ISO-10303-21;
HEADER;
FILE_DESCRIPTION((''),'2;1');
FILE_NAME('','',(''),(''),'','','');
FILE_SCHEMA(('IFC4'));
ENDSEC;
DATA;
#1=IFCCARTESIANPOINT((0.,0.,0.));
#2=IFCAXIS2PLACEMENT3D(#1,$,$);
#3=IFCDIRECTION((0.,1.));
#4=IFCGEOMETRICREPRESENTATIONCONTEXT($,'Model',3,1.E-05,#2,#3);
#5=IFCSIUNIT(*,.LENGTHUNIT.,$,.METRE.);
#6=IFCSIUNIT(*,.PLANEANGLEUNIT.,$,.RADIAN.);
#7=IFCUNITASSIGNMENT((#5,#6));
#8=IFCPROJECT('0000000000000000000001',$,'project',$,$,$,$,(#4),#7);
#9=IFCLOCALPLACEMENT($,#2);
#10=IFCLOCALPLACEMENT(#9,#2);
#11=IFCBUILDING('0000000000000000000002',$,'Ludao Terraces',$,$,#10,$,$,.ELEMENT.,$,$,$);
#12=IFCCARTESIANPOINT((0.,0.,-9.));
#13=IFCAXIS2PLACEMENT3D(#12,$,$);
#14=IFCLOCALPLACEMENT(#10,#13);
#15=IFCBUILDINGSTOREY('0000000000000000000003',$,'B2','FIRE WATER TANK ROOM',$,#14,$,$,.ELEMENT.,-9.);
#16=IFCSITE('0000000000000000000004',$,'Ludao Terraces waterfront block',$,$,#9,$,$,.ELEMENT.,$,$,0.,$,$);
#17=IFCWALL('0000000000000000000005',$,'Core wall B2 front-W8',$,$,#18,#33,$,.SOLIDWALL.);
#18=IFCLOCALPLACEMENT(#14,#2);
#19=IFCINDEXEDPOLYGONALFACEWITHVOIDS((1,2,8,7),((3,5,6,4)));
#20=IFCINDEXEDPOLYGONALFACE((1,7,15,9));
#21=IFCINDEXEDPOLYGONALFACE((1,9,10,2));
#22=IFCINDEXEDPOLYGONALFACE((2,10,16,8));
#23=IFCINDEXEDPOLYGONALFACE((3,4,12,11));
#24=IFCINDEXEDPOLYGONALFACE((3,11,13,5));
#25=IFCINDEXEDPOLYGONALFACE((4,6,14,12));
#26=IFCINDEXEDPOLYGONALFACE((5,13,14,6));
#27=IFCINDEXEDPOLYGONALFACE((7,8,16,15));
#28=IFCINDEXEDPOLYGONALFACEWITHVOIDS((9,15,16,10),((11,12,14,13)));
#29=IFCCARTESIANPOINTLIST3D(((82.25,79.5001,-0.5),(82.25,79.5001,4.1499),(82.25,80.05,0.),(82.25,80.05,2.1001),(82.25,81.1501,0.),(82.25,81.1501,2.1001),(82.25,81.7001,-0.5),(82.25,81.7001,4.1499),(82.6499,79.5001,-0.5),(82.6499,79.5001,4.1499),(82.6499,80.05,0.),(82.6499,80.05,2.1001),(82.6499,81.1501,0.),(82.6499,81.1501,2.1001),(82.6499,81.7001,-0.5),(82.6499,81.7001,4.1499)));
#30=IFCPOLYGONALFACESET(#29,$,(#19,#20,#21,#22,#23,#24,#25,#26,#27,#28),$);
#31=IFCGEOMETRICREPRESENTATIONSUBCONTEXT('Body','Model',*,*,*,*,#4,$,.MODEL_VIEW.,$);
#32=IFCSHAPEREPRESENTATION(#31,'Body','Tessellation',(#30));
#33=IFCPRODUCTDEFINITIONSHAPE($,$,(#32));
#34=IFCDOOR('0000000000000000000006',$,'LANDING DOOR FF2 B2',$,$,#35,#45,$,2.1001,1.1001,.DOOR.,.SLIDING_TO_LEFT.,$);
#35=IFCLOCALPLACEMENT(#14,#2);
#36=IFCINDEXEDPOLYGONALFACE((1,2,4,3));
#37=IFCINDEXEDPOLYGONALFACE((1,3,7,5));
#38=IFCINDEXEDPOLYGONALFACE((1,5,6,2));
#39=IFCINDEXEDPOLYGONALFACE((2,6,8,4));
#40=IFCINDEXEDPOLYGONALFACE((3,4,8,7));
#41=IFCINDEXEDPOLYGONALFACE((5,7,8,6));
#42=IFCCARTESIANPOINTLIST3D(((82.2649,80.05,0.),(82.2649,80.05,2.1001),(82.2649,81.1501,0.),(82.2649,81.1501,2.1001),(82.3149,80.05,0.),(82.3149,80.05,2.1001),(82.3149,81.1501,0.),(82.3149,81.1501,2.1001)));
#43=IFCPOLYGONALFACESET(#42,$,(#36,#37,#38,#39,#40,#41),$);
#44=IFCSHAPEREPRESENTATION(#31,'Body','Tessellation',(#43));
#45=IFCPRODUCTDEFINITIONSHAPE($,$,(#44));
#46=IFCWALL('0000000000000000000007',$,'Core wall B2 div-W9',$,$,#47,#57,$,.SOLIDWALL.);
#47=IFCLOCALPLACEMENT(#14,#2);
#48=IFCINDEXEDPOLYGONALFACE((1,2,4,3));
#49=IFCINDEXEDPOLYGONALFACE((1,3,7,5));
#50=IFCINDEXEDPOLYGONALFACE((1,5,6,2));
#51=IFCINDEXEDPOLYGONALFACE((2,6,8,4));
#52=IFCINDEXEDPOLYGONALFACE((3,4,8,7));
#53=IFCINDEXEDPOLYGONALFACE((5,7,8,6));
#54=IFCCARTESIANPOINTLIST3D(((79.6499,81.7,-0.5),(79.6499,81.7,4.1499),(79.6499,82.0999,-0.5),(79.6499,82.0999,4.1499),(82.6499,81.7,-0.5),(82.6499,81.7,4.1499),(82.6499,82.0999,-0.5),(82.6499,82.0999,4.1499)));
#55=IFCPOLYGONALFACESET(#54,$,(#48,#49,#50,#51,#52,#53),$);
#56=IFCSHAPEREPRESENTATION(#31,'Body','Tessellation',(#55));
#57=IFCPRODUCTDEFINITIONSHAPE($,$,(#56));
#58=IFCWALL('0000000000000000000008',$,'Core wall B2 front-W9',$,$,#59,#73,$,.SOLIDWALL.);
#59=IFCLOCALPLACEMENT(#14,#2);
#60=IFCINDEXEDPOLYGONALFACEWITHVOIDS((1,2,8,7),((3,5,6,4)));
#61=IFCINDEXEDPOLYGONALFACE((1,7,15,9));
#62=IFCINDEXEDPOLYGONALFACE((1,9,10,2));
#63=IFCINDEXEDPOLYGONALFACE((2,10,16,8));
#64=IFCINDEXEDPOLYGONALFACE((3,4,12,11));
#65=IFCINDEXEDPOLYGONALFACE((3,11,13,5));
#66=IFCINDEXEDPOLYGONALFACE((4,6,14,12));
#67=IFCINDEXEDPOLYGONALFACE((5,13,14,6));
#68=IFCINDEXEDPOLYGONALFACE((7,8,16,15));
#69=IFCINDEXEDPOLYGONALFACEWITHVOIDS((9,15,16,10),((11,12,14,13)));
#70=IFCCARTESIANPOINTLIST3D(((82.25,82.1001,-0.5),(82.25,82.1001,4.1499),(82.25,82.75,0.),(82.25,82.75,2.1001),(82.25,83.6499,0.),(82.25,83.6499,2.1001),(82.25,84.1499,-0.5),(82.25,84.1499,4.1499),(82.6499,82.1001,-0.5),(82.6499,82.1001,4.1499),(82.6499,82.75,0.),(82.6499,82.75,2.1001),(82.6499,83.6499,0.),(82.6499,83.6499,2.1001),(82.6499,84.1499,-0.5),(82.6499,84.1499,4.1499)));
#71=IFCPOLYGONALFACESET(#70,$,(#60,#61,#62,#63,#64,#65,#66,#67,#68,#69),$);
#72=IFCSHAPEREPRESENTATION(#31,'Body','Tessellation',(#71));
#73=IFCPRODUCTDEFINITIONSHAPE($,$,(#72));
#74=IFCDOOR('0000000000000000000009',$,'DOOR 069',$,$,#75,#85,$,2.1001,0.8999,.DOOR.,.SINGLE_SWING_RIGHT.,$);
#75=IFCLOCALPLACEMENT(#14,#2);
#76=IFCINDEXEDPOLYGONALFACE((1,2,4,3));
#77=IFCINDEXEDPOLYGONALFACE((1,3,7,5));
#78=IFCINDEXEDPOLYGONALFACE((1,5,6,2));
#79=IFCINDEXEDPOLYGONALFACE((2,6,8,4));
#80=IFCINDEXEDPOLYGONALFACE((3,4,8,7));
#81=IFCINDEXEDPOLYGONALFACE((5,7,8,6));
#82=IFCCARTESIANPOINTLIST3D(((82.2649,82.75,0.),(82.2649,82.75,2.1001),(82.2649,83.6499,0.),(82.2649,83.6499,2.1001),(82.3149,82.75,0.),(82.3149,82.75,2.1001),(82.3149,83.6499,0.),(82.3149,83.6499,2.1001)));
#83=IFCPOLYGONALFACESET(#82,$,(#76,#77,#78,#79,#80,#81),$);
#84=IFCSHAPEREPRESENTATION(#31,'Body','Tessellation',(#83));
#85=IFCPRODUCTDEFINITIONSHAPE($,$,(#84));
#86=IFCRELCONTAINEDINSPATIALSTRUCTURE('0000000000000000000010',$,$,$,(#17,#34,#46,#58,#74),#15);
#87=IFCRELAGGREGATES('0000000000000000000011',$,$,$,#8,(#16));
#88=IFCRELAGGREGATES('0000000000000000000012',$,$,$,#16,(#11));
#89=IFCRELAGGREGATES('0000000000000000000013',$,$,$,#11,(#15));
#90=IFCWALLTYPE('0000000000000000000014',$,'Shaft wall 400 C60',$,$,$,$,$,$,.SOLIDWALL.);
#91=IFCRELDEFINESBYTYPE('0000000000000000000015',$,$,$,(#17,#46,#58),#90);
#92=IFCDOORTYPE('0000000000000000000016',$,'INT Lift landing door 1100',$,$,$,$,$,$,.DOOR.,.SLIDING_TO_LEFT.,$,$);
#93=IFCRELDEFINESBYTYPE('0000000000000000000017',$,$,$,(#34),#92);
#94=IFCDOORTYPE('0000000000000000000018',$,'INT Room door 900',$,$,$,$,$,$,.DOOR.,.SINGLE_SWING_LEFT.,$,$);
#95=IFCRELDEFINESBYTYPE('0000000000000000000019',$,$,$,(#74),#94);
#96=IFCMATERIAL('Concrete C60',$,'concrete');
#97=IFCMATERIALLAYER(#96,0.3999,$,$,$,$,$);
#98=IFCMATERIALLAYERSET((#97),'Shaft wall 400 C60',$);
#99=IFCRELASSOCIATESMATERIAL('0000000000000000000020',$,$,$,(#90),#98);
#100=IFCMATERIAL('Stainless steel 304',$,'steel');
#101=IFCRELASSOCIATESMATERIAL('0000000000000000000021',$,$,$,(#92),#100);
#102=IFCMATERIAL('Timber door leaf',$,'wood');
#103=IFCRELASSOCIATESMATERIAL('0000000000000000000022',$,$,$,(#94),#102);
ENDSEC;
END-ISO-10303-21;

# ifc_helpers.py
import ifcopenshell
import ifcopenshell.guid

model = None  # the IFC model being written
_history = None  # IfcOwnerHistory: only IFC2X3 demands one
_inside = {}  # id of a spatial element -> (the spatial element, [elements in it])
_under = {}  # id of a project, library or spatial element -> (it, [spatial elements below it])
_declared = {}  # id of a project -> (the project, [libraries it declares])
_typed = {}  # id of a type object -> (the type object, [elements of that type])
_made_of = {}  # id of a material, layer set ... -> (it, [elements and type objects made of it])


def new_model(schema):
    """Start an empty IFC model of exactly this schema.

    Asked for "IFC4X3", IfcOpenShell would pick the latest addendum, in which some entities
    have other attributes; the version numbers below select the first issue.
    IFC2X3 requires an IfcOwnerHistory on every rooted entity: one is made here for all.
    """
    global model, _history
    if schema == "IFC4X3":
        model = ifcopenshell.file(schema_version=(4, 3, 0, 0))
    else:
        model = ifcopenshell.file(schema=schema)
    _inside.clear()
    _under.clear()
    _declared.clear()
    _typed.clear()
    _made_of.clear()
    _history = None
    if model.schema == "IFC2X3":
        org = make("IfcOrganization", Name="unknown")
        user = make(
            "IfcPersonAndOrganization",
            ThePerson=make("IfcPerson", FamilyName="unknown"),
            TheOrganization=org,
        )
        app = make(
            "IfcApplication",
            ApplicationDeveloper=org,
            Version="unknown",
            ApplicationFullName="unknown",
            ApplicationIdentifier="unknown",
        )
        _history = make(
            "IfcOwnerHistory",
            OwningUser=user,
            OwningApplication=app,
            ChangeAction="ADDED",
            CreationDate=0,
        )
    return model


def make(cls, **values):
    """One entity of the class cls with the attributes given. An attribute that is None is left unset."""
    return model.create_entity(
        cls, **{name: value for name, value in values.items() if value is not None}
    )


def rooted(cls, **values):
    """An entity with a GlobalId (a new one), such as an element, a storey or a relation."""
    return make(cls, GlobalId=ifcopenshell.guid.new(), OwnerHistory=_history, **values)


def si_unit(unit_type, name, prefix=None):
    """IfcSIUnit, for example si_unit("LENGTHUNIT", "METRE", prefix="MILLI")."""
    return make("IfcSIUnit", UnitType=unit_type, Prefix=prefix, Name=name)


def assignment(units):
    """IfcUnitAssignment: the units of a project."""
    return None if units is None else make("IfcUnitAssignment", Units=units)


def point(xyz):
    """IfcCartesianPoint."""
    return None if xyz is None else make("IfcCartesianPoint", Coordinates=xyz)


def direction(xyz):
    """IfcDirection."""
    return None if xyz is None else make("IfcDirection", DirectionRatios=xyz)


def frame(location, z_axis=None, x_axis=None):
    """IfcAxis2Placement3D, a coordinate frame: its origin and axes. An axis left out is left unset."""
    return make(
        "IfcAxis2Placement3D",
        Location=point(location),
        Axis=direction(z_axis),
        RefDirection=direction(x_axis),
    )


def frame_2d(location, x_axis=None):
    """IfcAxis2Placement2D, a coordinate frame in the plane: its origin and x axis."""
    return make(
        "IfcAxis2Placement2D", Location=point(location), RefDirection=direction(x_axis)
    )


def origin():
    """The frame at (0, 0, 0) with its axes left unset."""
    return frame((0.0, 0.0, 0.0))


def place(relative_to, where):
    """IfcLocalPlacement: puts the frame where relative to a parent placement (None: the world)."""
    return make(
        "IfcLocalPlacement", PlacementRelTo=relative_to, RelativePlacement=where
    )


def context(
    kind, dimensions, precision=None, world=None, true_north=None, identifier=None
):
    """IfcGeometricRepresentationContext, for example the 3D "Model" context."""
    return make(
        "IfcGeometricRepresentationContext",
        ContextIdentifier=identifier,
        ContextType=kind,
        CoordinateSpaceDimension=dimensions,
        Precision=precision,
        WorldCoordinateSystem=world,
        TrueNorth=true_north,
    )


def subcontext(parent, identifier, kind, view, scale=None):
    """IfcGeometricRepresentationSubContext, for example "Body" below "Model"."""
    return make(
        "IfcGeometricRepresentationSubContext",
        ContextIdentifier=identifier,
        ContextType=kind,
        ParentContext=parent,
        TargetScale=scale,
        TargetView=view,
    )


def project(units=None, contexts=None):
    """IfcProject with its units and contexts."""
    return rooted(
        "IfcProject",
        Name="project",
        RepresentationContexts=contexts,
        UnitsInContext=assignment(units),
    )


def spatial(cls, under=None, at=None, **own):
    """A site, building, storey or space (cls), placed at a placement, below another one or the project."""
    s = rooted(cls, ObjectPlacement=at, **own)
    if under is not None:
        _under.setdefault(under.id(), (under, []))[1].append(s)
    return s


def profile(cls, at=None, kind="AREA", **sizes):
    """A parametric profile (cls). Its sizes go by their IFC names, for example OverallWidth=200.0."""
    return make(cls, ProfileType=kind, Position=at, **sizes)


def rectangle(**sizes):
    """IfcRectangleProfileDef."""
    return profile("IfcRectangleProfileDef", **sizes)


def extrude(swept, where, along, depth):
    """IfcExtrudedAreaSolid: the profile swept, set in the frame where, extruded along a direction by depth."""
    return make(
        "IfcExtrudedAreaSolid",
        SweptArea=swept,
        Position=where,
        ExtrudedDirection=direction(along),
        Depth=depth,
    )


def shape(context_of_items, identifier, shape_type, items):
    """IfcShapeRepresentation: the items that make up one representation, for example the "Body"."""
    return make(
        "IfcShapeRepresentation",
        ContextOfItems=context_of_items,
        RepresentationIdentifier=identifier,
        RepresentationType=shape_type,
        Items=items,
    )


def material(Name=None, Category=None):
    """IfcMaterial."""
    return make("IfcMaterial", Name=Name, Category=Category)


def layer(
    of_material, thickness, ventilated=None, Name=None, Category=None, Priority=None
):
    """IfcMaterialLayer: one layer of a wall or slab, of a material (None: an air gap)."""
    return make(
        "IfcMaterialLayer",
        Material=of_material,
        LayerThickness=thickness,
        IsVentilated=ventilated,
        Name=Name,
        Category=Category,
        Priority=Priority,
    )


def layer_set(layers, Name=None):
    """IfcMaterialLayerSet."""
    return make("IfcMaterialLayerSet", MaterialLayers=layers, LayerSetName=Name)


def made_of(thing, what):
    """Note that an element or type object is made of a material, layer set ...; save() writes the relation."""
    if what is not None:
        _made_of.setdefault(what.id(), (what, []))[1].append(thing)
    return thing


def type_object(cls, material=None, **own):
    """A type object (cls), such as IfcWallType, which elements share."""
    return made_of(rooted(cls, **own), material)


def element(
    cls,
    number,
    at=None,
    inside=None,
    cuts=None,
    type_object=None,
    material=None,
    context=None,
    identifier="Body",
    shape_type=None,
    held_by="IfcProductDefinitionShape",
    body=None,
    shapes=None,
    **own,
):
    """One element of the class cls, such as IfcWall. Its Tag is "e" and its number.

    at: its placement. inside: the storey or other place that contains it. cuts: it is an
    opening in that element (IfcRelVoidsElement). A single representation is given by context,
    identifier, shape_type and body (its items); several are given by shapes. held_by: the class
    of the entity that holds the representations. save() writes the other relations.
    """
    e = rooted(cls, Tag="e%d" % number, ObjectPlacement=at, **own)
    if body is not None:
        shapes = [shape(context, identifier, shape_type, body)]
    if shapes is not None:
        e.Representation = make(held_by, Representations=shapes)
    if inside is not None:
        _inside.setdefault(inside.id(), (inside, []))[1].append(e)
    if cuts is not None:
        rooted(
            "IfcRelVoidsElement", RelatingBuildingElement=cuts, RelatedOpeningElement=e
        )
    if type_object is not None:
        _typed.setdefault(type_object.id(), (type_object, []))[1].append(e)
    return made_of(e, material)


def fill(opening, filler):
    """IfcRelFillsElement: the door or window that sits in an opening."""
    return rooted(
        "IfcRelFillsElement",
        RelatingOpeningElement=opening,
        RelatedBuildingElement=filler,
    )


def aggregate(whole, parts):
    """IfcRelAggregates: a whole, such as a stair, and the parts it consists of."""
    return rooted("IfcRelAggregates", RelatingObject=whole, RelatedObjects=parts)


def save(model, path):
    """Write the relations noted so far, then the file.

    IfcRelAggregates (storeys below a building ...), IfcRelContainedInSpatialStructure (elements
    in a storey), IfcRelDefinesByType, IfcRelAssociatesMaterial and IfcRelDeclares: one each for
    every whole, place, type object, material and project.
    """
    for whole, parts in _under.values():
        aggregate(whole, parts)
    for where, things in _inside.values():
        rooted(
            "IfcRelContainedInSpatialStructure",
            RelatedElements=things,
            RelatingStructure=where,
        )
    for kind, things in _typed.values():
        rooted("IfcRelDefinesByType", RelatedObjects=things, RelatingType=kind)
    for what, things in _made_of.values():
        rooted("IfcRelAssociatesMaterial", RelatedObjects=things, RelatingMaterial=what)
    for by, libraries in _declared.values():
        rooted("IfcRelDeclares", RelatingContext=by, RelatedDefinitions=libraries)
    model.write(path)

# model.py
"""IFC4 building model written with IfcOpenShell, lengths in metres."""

from ifc_helpers import new_model, si_unit, direction, frame, frame_2d, origin, place, context, subcontext, project, spatial, rectangle, extrude, material, layer, layer_set, type_object, element, fill, save


model = new_model("IFC4")

# Units and contexts
model_context = context("Model", 3, precision=1e-05, world=origin(), true_north=direction((0.0, 1.0)))
body_context = subcontext(model_context, "Body", "Model", "MODEL_VIEW")
ifc_project = project(units=[si_unit("LENGTHUNIT", "METRE"), si_unit("PLANEANGLEUNIT", "RADIAN")], contexts=[model_context])

# Site, building, storey
site_placement = place(None, origin())
site = spatial("IfcSite", under=ifc_project, at=site_placement, Name="Ludao Terraces waterfront block", CompositionType="ELEMENT", RefElevation=0.0)
building_placement = place(site_placement, origin())
building = spatial("IfcBuilding", under=site, at=building_placement, Name="Ludao Terraces", CompositionType="ELEMENT")
storey_placement = place(building_placement, frame((0.0, 0.0, -9.0)))
storey = spatial("IfcBuildingStorey", under=building, at=storey_placement, Name="B2", Description="FIRE WATER TANK ROOM", CompositionType="ELEMENT", Elevation=-9.0)

# Shared definitions
ifc_material_1 = material(Name="Concrete C60", Category="concrete")
ifc_layer = layer(ifc_material_1, 0.3999)
ifc_layer_set = layer_set([ifc_layer], Name="Shaft wall 400 C60")
wall_type = type_object("IfcWallType", Name="Shaft wall 400 C60", PredefinedType="SOLIDWALL", material=ifc_layer_set)

# Wall, opening, door
wall_1_placement = place(storey_placement, frame((82.45, 79.5, -0.5), z_axis=(0.0, 0.0, 1.0), x_axis=(0.0, 1.0, 0.0)))
wall_1 = element("IfcWall", 1, at=wall_1_placement, inside=storey, type_object=wall_type, Name="Core wall B2 front-W8", PredefinedType="SOLIDWALL", context=body_context, shape_type="SweptSolid", body=[
    extrude(rectangle(XDim=2.2, YDim=0.3999, at=frame_2d((1.1001, 0.0))), origin(), (0.0, 0.0, 1.0), 4.6499),
])
opening_1_placement = place(wall_1_placement, frame((0.55, 0.0, 0.5)))
opening_1 = element("IfcOpeningElement", 2, at=opening_1_placement, cuts=wall_1, PredefinedType="OPENING", context=body_context, shape_type="SweptSolid", body=[
    extrude(rectangle(XDim=1.1001, YDim=2.1001, at=frame_2d((0.55, 1.05))), frame((0.0, 0.21, 0.0), z_axis=(0.0, -1.0, 0.0), x_axis=(1.0, 0.0, 0.0)), (0.0, 0.0, 1.0), 0.4199),
])
ifc_material_2 = material(Name="Stainless steel 304", Category="steel")
door_type_1 = type_object("IfcDoorType", Name="INT Lift landing door 1100", OperationType="SLIDING_TO_LEFT", PredefinedType="DOOR", material=ifc_material_2)
door_1_placement = place(opening_1_placement, origin())
door_1 = element("IfcDoor", 3, at=door_1_placement, inside=storey, type_object=door_type_1, Name="LANDING DOOR FF2 B2", OperationType="SLIDING_TO_LEFT", OverallHeight=2.1001, OverallWidth=1.1001, PredefinedType="DOOR", context=body_context, shape_type="SweptSolid", body=[
    extrude(rectangle(XDim=1.1001, YDim=2.1001, at=frame_2d((0.55, 1.05))), frame((0.0, 0.1851, 0.0), z_axis=(0.0, -1.0, 0.0), x_axis=(1.0, 0.0, 0.0)), (0.0, 0.0, 1.0), 0.05),
])
fill(opening_1, door_1)

# Wall
wall_2_placement = place(storey_placement, frame((79.6499, 81.8999, -0.5), z_axis=(0.0, 0.0, 1.0), x_axis=(1.0, 0.0, 0.0)))
element("IfcWall", 4, at=wall_2_placement, inside=storey, type_object=wall_type, Name="Core wall B2 div-W9", PredefinedType="SOLIDWALL", context=body_context, shape_type="SweptSolid", body=[
    extrude(rectangle(XDim=3.0, YDim=0.3999, at=frame_2d((1.5, 0.0))), origin(), (0.0, 0.0, 1.0), 4.6499),
])

# Wall, opening, door
wall_3_placement = place(storey_placement, frame((82.45, 82.1001, -0.5), z_axis=(0.0, 0.0, 1.0), x_axis=(0.0, 1.0, 0.0)))
wall_3 = element("IfcWall", 5, at=wall_3_placement, inside=storey, type_object=wall_type, Name="Core wall B2 front-W9", PredefinedType="SOLIDWALL", context=body_context, shape_type="SweptSolid", body=[
    extrude(rectangle(XDim=2.0498, YDim=0.3999, at=frame_2d((1.0249, 0.0))), origin(), (0.0, 0.0, 1.0), 4.6499),
])
opening_2_placement = place(wall_3_placement, frame((0.6499, 0.0, 0.5)))
opening_2 = element("IfcOpeningElement", 6, at=opening_2_placement, cuts=wall_3, PredefinedType="OPENING", context=body_context, shape_type="SweptSolid", body=[
    extrude(rectangle(XDim=0.8999, YDim=2.1001, at=frame_2d((0.45, 1.05))), frame((0.0, 0.21, 0.0), z_axis=(0.0, -1.0, 0.0), x_axis=(1.0, 0.0, 0.0)), (0.0, 0.0, 1.0), 0.4199),
])
ifc_material_3 = material(Name="Timber door leaf", Category="wood")
door_type_2 = type_object("IfcDoorType", Name="INT Room door 900", OperationType="SINGLE_SWING_LEFT", PredefinedType="DOOR", material=ifc_material_3)
door_2_placement = place(opening_2_placement, origin())
door_2 = element("IfcDoor", 7, at=door_2_placement, inside=storey, type_object=door_type_2, Name="DOOR 069", OperationType="SINGLE_SWING_RIGHT", OverallHeight=2.1001, OverallWidth=0.8999, PredefinedType="DOOR", context=body_context, shape_type="SweptSolid", body=[
    extrude(rectangle(XDim=0.8999, YDim=2.1001, at=frame_2d((0.45, 1.05))), frame((0.0, 0.1851, 0.0), z_axis=(0.0, -1.0, 0.0), x_axis=(1.0, 0.0, 0.0)), (0.0, 0.0, 1.0), 0.05),
])
fill(opening_2, door_2)

save(model, "model.ifc")
